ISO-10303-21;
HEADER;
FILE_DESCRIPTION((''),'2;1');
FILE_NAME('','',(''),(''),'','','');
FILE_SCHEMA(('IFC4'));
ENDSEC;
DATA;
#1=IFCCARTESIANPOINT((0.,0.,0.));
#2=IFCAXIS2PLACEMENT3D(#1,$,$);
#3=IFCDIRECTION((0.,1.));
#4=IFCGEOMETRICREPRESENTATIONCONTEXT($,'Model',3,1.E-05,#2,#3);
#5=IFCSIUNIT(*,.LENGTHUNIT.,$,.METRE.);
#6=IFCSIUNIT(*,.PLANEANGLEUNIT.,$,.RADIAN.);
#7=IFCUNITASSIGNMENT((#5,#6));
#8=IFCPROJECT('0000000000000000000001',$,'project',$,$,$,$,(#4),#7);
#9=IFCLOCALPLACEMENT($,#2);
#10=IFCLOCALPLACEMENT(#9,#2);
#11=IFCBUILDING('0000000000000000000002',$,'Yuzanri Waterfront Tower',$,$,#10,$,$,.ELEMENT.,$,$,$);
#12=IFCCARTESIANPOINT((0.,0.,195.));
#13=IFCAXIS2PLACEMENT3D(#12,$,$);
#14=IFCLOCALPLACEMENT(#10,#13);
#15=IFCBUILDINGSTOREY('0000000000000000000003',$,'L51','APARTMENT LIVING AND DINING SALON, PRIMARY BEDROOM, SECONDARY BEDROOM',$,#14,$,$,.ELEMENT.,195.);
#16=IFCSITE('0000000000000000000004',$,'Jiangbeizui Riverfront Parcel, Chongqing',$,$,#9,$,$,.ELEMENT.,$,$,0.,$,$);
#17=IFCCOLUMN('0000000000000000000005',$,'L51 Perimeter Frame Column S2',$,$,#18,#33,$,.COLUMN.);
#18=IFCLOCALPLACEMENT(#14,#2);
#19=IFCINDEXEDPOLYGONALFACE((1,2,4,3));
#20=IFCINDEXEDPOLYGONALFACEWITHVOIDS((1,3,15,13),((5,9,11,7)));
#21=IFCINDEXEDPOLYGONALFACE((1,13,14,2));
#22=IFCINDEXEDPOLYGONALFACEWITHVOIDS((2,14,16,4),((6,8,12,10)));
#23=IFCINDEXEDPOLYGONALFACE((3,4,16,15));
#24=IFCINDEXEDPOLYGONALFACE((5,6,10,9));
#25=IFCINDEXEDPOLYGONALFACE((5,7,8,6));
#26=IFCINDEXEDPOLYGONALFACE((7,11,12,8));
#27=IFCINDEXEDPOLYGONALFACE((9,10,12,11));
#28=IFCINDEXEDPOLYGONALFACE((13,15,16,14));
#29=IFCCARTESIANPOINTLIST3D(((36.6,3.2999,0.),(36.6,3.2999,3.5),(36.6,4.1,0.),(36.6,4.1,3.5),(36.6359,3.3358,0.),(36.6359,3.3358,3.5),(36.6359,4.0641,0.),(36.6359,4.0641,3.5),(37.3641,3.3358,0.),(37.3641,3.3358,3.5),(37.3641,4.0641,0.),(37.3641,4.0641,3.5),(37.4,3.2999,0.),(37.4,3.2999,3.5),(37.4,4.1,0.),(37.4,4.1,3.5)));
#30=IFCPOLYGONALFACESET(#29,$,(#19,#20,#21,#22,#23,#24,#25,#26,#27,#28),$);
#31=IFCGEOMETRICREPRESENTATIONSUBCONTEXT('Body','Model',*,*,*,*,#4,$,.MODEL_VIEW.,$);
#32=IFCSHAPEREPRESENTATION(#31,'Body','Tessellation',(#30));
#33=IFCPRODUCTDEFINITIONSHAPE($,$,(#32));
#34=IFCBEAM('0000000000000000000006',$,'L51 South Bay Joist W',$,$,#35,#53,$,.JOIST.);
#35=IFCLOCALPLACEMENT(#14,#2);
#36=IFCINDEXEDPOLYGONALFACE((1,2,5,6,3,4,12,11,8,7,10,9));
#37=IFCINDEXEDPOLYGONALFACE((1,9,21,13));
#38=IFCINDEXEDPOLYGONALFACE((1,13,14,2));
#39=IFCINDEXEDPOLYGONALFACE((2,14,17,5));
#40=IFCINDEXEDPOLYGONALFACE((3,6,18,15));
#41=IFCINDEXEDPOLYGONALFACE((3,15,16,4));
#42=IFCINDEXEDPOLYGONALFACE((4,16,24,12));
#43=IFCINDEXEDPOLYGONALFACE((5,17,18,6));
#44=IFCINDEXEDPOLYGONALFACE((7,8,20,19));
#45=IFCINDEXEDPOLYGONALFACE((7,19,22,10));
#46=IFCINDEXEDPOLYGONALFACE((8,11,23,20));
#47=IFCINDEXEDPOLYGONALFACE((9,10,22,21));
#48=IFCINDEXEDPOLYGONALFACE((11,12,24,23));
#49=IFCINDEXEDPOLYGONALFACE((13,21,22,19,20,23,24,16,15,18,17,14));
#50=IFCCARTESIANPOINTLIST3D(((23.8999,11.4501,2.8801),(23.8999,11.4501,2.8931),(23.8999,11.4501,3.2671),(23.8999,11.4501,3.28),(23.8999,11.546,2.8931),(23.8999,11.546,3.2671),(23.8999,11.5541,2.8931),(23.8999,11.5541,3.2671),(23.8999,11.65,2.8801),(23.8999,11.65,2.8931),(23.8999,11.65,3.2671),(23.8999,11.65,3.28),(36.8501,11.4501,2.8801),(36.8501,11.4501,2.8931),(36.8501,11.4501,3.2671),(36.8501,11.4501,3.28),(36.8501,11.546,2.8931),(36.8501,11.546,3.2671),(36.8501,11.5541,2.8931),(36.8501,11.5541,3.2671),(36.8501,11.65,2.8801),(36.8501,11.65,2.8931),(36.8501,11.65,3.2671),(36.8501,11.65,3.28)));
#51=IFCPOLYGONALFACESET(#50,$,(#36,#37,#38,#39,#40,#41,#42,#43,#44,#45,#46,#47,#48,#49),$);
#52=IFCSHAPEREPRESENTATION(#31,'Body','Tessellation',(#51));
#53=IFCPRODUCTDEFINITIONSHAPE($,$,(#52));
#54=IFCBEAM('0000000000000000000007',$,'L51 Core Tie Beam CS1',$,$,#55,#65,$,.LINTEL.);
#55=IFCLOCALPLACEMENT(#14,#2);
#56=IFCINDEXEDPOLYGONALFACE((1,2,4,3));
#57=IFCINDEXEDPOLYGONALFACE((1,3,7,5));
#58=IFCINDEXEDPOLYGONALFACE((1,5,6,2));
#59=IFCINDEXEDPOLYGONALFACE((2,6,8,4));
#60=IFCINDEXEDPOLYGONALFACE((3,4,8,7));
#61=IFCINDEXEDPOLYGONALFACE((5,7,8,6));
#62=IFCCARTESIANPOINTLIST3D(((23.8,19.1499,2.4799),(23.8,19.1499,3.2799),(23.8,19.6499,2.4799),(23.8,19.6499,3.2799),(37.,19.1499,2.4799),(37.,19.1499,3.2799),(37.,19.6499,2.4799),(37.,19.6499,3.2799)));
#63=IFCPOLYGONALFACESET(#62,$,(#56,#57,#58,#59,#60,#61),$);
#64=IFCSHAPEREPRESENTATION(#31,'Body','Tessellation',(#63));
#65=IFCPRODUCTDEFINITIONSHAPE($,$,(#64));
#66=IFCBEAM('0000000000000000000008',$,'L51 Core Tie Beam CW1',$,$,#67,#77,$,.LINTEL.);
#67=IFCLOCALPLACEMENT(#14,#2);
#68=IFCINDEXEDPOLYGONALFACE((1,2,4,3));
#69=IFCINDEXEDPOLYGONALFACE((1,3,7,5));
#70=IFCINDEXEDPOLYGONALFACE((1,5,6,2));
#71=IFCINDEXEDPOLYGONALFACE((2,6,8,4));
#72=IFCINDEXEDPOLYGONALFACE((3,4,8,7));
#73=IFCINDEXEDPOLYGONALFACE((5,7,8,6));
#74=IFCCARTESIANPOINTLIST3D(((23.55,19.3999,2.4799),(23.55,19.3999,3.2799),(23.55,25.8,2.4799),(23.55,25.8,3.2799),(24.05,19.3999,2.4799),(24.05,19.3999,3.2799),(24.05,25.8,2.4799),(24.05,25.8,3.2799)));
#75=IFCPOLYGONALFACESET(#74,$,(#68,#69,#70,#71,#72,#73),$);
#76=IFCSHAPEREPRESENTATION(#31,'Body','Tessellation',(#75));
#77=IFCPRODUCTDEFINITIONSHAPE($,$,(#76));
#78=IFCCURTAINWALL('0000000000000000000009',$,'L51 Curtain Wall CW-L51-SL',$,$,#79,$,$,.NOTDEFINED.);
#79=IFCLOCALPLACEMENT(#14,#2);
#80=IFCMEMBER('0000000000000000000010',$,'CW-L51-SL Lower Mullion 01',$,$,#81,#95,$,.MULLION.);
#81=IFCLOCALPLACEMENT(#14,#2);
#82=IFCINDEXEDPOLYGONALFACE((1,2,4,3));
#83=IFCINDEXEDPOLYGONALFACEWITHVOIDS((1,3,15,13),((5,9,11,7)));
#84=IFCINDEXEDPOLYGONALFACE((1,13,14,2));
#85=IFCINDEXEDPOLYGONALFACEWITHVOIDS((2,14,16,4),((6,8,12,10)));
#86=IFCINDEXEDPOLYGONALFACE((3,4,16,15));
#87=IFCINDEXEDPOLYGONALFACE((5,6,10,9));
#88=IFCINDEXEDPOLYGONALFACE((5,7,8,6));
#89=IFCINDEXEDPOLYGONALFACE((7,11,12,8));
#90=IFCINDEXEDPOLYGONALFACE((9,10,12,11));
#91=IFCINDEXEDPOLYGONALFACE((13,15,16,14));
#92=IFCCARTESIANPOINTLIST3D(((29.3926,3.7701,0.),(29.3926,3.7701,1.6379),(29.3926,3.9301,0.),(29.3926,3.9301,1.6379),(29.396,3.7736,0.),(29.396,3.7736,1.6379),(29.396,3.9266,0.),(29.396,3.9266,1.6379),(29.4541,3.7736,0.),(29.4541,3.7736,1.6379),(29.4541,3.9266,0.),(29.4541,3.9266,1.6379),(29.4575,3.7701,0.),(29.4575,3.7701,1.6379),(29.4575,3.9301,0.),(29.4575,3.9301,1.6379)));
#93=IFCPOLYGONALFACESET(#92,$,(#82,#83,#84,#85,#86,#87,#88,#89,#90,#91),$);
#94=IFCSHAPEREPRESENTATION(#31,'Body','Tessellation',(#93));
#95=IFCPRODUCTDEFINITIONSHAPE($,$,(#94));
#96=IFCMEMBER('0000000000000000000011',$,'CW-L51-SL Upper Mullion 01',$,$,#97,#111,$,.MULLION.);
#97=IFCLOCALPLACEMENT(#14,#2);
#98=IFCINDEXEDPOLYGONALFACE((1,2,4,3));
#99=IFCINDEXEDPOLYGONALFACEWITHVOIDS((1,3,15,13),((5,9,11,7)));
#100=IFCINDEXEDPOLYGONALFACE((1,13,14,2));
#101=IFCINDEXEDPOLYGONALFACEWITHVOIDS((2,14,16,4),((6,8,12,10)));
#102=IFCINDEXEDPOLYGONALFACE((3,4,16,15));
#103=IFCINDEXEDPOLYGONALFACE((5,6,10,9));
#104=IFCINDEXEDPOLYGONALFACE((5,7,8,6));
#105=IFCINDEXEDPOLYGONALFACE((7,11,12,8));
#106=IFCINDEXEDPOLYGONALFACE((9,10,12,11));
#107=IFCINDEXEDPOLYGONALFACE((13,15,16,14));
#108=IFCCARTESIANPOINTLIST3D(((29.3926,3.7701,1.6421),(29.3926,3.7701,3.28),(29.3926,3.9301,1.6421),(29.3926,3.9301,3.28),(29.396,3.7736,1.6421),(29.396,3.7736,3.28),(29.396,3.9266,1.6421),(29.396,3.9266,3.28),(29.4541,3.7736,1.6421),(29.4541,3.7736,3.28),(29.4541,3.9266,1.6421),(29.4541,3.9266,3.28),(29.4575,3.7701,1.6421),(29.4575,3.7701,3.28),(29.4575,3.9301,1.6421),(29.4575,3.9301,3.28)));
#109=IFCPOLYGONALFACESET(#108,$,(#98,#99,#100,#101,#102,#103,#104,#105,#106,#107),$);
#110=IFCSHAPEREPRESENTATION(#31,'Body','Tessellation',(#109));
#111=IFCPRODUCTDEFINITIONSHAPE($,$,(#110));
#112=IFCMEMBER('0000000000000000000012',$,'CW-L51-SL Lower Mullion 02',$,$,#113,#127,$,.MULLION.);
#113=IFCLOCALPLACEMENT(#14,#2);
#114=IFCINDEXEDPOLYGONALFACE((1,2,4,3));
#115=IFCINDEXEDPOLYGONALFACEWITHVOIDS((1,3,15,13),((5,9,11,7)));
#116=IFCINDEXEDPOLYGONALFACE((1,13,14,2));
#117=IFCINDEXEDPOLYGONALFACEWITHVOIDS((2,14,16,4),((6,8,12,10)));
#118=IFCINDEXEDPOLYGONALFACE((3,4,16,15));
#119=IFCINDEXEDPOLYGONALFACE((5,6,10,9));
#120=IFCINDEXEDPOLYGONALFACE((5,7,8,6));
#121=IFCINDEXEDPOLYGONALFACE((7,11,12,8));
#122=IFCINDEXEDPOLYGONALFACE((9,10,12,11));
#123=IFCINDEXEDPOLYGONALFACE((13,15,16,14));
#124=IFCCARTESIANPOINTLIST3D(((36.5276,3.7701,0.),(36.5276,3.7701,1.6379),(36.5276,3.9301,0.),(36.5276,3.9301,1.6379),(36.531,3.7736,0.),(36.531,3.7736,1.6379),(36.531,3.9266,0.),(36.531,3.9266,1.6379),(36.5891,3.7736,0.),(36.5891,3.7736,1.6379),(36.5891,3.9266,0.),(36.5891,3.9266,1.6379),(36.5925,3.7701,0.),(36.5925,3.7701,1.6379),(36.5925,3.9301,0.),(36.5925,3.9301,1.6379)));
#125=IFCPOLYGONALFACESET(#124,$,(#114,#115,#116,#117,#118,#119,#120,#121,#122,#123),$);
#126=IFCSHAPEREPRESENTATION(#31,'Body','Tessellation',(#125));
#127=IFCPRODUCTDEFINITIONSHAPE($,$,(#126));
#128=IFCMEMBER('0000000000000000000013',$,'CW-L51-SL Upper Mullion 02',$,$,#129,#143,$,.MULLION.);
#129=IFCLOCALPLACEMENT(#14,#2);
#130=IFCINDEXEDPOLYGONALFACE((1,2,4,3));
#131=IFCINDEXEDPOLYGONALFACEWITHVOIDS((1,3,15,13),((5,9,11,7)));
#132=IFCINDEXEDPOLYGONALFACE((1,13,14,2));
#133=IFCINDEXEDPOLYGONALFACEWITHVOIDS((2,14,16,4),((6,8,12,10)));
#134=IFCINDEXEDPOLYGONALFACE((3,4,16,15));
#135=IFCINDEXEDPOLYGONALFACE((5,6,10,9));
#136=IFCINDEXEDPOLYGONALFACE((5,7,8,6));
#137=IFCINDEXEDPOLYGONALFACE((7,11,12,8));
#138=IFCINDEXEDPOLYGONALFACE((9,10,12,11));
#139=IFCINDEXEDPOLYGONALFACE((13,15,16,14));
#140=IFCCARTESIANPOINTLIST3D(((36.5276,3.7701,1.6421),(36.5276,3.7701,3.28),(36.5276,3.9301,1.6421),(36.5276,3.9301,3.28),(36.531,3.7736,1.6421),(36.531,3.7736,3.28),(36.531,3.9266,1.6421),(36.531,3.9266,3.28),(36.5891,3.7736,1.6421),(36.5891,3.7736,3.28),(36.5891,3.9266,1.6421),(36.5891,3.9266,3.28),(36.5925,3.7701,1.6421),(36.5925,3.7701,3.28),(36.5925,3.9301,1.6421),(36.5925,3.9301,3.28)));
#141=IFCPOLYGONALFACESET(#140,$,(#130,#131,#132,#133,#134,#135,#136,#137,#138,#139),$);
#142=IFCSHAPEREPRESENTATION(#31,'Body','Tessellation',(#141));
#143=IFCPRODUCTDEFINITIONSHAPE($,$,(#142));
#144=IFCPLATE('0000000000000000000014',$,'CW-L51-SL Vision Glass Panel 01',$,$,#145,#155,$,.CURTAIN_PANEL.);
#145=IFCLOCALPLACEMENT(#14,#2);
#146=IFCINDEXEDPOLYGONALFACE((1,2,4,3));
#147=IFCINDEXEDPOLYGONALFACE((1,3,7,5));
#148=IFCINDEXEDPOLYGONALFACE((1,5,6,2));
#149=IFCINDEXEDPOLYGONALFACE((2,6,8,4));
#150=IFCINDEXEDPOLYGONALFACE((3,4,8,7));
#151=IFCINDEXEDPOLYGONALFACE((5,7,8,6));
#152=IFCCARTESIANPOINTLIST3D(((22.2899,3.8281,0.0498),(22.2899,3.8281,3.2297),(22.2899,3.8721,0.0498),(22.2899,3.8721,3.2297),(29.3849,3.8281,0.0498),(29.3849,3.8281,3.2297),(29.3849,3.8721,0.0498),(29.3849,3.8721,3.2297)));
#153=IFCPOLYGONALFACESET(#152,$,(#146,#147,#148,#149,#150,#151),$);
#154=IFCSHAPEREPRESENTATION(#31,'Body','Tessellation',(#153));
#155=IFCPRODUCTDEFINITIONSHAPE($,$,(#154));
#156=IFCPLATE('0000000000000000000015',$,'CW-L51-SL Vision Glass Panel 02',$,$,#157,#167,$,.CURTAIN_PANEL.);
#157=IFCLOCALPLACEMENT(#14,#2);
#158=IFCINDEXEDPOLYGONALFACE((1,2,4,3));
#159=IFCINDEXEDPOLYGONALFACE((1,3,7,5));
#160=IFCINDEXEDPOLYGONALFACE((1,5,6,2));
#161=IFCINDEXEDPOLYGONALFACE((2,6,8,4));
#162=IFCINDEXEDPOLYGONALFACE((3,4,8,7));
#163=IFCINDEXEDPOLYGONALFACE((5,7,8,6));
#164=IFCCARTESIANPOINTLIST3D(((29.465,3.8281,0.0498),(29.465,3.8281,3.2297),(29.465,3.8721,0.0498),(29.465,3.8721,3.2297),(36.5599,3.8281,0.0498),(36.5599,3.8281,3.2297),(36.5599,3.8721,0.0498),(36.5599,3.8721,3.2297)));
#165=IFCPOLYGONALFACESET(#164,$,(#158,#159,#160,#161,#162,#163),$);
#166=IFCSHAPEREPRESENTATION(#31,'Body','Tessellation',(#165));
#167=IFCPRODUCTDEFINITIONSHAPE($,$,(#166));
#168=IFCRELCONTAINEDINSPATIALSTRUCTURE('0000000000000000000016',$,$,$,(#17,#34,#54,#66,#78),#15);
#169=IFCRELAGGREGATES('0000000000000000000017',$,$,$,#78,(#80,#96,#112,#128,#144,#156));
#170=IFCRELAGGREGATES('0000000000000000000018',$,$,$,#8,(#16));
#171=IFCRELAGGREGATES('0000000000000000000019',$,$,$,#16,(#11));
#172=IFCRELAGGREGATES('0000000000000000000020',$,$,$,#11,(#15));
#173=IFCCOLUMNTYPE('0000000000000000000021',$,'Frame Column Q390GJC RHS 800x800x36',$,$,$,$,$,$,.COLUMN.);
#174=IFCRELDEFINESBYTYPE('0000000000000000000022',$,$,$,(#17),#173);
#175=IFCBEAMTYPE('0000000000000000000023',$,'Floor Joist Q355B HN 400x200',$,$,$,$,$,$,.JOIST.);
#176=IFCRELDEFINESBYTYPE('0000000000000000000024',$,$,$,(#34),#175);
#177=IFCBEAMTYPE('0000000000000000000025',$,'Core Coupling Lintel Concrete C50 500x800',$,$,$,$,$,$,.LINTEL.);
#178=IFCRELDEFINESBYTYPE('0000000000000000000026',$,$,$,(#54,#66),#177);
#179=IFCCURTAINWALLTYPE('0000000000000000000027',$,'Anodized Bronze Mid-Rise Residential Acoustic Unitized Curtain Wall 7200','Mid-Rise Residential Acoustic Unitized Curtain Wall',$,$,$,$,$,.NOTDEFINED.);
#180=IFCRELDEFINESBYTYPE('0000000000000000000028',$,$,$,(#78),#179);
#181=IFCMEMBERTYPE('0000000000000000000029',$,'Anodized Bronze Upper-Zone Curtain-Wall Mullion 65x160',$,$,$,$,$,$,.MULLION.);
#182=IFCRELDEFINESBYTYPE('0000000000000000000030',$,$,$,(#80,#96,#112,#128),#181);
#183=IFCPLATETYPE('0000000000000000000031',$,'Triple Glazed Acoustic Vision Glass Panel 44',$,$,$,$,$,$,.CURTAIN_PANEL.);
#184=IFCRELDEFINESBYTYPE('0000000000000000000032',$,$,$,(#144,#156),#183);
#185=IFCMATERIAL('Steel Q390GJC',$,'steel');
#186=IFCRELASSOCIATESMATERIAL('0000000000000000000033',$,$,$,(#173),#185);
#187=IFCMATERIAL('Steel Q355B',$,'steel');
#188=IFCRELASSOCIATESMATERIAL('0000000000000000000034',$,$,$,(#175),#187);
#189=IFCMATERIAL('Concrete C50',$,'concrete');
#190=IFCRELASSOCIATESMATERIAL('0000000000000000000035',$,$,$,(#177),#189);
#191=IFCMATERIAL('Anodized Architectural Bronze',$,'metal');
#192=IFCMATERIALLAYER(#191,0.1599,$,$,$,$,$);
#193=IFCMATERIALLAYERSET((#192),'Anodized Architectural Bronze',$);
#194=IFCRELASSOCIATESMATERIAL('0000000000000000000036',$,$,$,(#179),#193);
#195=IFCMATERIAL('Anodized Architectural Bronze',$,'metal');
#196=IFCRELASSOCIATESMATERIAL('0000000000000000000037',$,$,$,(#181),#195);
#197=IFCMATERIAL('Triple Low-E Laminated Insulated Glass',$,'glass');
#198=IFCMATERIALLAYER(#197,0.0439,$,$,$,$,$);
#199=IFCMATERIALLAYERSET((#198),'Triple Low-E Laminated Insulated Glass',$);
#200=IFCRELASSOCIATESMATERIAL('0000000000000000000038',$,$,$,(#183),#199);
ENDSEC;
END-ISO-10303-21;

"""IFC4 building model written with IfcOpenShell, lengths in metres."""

from ifc_helpers import new_model, si_unit, direction, frame, origin, origin_2d, place, context, subcontext, project, spatial, rectangle, hollow_rectangle, i_section, extrude, source, transform, mapped, material, layer, layer_set, material_profile, profile_set, type_object, element, aggregate, save


model = new_model("IFC4")

# Units and contexts
model_context = context("Model", 3, precision=1e-05, world=origin(), true_north=direction((0.0, 1.0)))
body_context = subcontext(model_context, "Body", "Model", "MODEL_VIEW")
ifc_project = project(units=[si_unit("LENGTHUNIT", "METRE"), si_unit("PLANEANGLEUNIT", "RADIAN")], contexts=[model_context])

# Site, building, storey
site_placement = place(None, origin())
site = spatial("IfcSite", under=ifc_project, at=site_placement, Name="Jiangbeizui Riverfront Parcel, Chongqing", CompositionType="ELEMENT", RefElevation=0.0)
building_placement = place(site_placement, origin())
building = spatial("IfcBuilding", under=site, at=building_placement, Name="Yuzanri Waterfront Tower", CompositionType="ELEMENT")
storey_placement = place(building_placement, frame((0.0, 0.0, 195.0)))
storey = spatial("IfcBuildingStorey", under=building, at=storey_placement, Name="L51", Description="APARTMENT LIVING AND DINING SALON, PRIMARY BEDROOM, SECONDARY BEDROOM", CompositionType="ELEMENT", Elevation=195.0)

# Column
ifc_material_1 = material(Name="Steel Q390GJC", Category="steel")
ifc_material_profile_1 = material_profile(ifc_material_1, hollow_rectangle(XDim=0.8, YDim=0.8, WallThickness=0.0359, at=origin_2d()), Name="RHS 800x800x36")
ifc_profile_set_1 = profile_set([ifc_material_profile_1], Name="Steel Q390GJC")
column_type = type_object("IfcColumnType", Name="Frame Column Q390GJC RHS 800x800x36", PredefinedType="COLUMN", material=ifc_profile_set_1)
shared_shape_1 = source(origin(), body_context, "Body", "SweptSolid", [
    extrude(hollow_rectangle(XDim=0.8, YDim=0.8, WallThickness=0.0359, at=origin_2d()), origin(), (0.0, 0.0, 1.0), 3.5),
])
column_placement = place(storey_placement, frame((37.0, 3.7, 0.0), z_axis=(0.0, 0.0, 1.0), x_axis=(1.0, 0.0, 0.0)))
element("IfcColumn", 1, at=column_placement, inside=storey, type_object=column_type, Name="L51 Perimeter Frame Column S2", PredefinedType="COLUMN", context=body_context, shape_type="MappedRepresentation", body=[
    mapped(shared_shape_1, transform((0.0, 0.0, 0.0), scale=1.0)),
])

# Beams
ifc_material_2 = material(Name="Steel Q355B", Category="steel")
ifc_material_profile_2 = material_profile(ifc_material_2, i_section(OverallWidth=0.2, OverallDepth=0.3999, WebThickness=0.0081, FlangeThickness=0.0129, at=origin_2d()), Name="HN 400x200x8x13")
ifc_profile_set_2 = profile_set([ifc_material_profile_2], Name="Steel Q355B")
beam_type_1 = type_object("IfcBeamType", Name="Floor Joist Q355B HN 400x200", PredefinedType="JOIST", material=ifc_profile_set_2)
shared_shape_2 = source(origin(), body_context, "Body", "SweptSolid", [
    extrude(i_section(OverallWidth=0.2, OverallDepth=0.3999, WebThickness=0.0081, FlangeThickness=0.0129, at=origin_2d()), origin(), (0.0, 0.0, 1.0), 12.9502),
])
beam_1_placement = place(storey_placement, frame((23.8999, 11.55, 3.0801), z_axis=(1.0, 0.0, 0.0), x_axis=(0.0, 1.0, 0.0)))
element("IfcBeam", 2, at=beam_1_placement, inside=storey, type_object=beam_type_1, Name="L51 South Bay Joist W", PredefinedType="JOIST", context=body_context, shape_type="MappedRepresentation", body=[
    mapped(shared_shape_2, transform((0.0, 0.0, 0.0), scale=1.0)),
])
ifc_material_3 = material(Name="Concrete C50", Category="concrete")
ifc_material_profile_3 = material_profile(ifc_material_3, rectangle(XDim=0.5, YDim=0.8, at=origin_2d()), Name="RC 500x800")
ifc_profile_set_3 = profile_set([ifc_material_profile_3], Name="Concrete C50")
beam_type_2 = type_object("IfcBeamType", Name="Core Coupling Lintel Concrete C50 500x800", PredefinedType="LINTEL", material=ifc_profile_set_3)
shared_shape_3 = source(origin(), body_context, "Body", "SweptSolid", [
    extrude(rectangle(XDim=0.5, YDim=0.8, at=origin_2d()), origin(), (0.0, 0.0, 1.0), 13.2),
])
beam_2_placement = place(storey_placement, frame((23.8, 19.3999, 2.8799), z_axis=(1.0, 0.0, 0.0), x_axis=(0.0, 1.0, 0.0)))
element("IfcBeam", 3, at=beam_2_placement, inside=storey, type_object=beam_type_2, Name="L51 Core Tie Beam CS1", PredefinedType="LINTEL", context=body_context, shape_type="MappedRepresentation", body=[
    mapped(shared_shape_3, transform((0.0, 0.0, 0.0), scale=1.0)),
])
shared_shape_4 = source(origin(), body_context, "Body", "SweptSolid", [
    extrude(rectangle(XDim=0.5, YDim=0.8, at=origin_2d()), origin(), (0.0, 0.0, 1.0), 6.4001),
])
beam_3_placement = place(storey_placement, frame((23.8, 19.3999, 2.8799), z_axis=(0.0, 1.0, 0.0), x_axis=(-1.0, 0.0, 0.0)))
element("IfcBeam", 4, at=beam_3_placement, inside=storey, type_object=beam_type_2, Name="L51 Core Tie Beam CW1", PredefinedType="LINTEL", context=body_context, shape_type="MappedRepresentation", body=[
    mapped(shared_shape_4, transform((0.0, 0.0, 0.0), scale=1.0)),
])

# Curtain wall, members, plates
ifc_material_4 = material(Name="Anodized Architectural Bronze", Category="metal")
ifc_layer_1 = layer(ifc_material_4, 0.1599)
ifc_layer_set_1 = layer_set([ifc_layer_1], Name="Anodized Architectural Bronze")
curtain_wall_type = type_object("IfcCurtainWallType", Name="Anodized Bronze Mid-Rise Residential Acoustic Unitized Curtain Wall 7200", Description="Mid-Rise Residential Acoustic Unitized Curtain Wall", PredefinedType="NOTDEFINED", material=ifc_layer_set_1)
curtain_wall_placement = place(storey_placement, origin())
curtain_wall = element("IfcCurtainWall", 5, at=curtain_wall_placement, inside=storey, type_object=curtain_wall_type, Name="L51 Curtain Wall CW-L51-SL", PredefinedType="NOTDEFINED")
ifc_material_5 = material(Name="Anodized Architectural Bronze", Category="metal")
ifc_material_profile_4 = material_profile(ifc_material_5, hollow_rectangle(XDim=0.0649, YDim=0.1599, WallThickness=0.0034, at=origin_2d()), Name="CWM 65x160")
ifc_profile_set_4 = profile_set([ifc_material_profile_4], Name="Anodized Architectural Bronze")
member_type = type_object("IfcMemberType", Name="Anodized Bronze Upper-Zone Curtain-Wall Mullion 65x160", PredefinedType="MULLION", material=ifc_profile_set_4)
shared_shape_5 = source(origin(), body_context, "Body", "SweptSolid", [
    extrude(hollow_rectangle(XDim=0.0649, YDim=0.1599, WallThickness=0.0034, at=origin_2d()), origin(), (0.0, 0.0, 1.0), 1.6379),
])
member_1_placement = place(storey_placement, frame((29.425, 3.8501, 0.0), z_axis=(0.0, 0.0, 1.0), x_axis=(1.0, 0.0, 0.0)))
member_1 = element("IfcMember", 6, at=member_1_placement, type_object=member_type, Name="CW-L51-SL Lower Mullion 01", PredefinedType="MULLION", context=body_context, shape_type="MappedRepresentation", body=[
    mapped(shared_shape_5, transform((0.0, 0.0, 0.0), scale=1.0)),
])
member_2_placement = place(storey_placement, frame((29.425, 3.8501, 1.6421), z_axis=(0.0, 0.0, 1.0), x_axis=(1.0, 0.0, 0.0)))
member_2 = element("IfcMember", 7, at=member_2_placement, type_object=member_type, Name="CW-L51-SL Upper Mullion 01", PredefinedType="MULLION", context=body_context, shape_type="MappedRepresentation", body=[
    mapped(shared_shape_5, transform((0.0, 0.0, 0.0), scale=1.0)),
])
member_3_placement = place(storey_placement, frame((36.5601, 3.8501, 0.0), z_axis=(0.0, 0.0, 1.0), x_axis=(1.0, 0.0, 0.0)))
member_3 = element("IfcMember", 8, at=member_3_placement, type_object=member_type, Name="CW-L51-SL Lower Mullion 02", PredefinedType="MULLION", context=body_context, shape_type="MappedRepresentation", body=[
    mapped(shared_shape_5, transform((0.0, 0.0, 0.0), scale=1.0)),
])
member_4_placement = place(storey_placement, frame((36.5601, 3.8501, 1.6421), z_axis=(0.0, 0.0, 1.0), x_axis=(1.0, 0.0, 0.0)))
member_4 = element("IfcMember", 9, at=member_4_placement, type_object=member_type, Name="CW-L51-SL Upper Mullion 02", PredefinedType="MULLION", context=body_context, shape_type="MappedRepresentation", body=[
    mapped(shared_shape_5, transform((0.0, 0.0, 0.0), scale=1.0)),
])
ifc_material_6 = material(Name="Triple Low-E Laminated Insulated Glass", Category="glass")
ifc_layer_2 = layer(ifc_material_6, 0.0439)
ifc_layer_set_2 = layer_set([ifc_layer_2], Name="Triple Low-E Laminated Insulated Glass")
plate_type = type_object("IfcPlateType", Name="Triple Glazed Acoustic Vision Glass Panel 44", PredefinedType="CURTAIN_PANEL", material=ifc_layer_set_2)
shared_shape_6 = source(origin(), body_context, "Body", "SweptSolid", [
    extrude(rectangle(XDim=7.095, YDim=0.0439, at=origin_2d()), origin(), (0.0, 0.0, 1.0), 3.1799),
])
plate_1_placement = place(storey_placement, frame((25.8374, 3.8501, 0.0498), z_axis=(0.0, 0.0, 1.0), x_axis=(1.0, 0.0, 0.0)))
plate_1 = element("IfcPlate", 10, at=plate_1_placement, type_object=plate_type, Name="CW-L51-SL Vision Glass Panel 01", PredefinedType="CURTAIN_PANEL", context=body_context, shape_type="MappedRepresentation", body=[
    mapped(shared_shape_6, transform((0.0, 0.0, 0.0), scale=1.0)),
])
plate_2_placement = place(storey_placement, frame((33.0125, 3.8501, 0.0498), z_axis=(0.0, 0.0, 1.0), x_axis=(1.0, 0.0, 0.0)))
plate_2 = element("IfcPlate", 11, at=plate_2_placement, type_object=plate_type, Name="CW-L51-SL Vision Glass Panel 02", PredefinedType="CURTAIN_PANEL", context=body_context, shape_type="MappedRepresentation", body=[
    mapped(shared_shape_6, transform((0.0, 0.0, 0.0), scale=1.0)),
])
aggregate(curtain_wall, [member_1, member_2, member_3, member_4, plate_1, plate_2])

save(model, "model.ifc")
